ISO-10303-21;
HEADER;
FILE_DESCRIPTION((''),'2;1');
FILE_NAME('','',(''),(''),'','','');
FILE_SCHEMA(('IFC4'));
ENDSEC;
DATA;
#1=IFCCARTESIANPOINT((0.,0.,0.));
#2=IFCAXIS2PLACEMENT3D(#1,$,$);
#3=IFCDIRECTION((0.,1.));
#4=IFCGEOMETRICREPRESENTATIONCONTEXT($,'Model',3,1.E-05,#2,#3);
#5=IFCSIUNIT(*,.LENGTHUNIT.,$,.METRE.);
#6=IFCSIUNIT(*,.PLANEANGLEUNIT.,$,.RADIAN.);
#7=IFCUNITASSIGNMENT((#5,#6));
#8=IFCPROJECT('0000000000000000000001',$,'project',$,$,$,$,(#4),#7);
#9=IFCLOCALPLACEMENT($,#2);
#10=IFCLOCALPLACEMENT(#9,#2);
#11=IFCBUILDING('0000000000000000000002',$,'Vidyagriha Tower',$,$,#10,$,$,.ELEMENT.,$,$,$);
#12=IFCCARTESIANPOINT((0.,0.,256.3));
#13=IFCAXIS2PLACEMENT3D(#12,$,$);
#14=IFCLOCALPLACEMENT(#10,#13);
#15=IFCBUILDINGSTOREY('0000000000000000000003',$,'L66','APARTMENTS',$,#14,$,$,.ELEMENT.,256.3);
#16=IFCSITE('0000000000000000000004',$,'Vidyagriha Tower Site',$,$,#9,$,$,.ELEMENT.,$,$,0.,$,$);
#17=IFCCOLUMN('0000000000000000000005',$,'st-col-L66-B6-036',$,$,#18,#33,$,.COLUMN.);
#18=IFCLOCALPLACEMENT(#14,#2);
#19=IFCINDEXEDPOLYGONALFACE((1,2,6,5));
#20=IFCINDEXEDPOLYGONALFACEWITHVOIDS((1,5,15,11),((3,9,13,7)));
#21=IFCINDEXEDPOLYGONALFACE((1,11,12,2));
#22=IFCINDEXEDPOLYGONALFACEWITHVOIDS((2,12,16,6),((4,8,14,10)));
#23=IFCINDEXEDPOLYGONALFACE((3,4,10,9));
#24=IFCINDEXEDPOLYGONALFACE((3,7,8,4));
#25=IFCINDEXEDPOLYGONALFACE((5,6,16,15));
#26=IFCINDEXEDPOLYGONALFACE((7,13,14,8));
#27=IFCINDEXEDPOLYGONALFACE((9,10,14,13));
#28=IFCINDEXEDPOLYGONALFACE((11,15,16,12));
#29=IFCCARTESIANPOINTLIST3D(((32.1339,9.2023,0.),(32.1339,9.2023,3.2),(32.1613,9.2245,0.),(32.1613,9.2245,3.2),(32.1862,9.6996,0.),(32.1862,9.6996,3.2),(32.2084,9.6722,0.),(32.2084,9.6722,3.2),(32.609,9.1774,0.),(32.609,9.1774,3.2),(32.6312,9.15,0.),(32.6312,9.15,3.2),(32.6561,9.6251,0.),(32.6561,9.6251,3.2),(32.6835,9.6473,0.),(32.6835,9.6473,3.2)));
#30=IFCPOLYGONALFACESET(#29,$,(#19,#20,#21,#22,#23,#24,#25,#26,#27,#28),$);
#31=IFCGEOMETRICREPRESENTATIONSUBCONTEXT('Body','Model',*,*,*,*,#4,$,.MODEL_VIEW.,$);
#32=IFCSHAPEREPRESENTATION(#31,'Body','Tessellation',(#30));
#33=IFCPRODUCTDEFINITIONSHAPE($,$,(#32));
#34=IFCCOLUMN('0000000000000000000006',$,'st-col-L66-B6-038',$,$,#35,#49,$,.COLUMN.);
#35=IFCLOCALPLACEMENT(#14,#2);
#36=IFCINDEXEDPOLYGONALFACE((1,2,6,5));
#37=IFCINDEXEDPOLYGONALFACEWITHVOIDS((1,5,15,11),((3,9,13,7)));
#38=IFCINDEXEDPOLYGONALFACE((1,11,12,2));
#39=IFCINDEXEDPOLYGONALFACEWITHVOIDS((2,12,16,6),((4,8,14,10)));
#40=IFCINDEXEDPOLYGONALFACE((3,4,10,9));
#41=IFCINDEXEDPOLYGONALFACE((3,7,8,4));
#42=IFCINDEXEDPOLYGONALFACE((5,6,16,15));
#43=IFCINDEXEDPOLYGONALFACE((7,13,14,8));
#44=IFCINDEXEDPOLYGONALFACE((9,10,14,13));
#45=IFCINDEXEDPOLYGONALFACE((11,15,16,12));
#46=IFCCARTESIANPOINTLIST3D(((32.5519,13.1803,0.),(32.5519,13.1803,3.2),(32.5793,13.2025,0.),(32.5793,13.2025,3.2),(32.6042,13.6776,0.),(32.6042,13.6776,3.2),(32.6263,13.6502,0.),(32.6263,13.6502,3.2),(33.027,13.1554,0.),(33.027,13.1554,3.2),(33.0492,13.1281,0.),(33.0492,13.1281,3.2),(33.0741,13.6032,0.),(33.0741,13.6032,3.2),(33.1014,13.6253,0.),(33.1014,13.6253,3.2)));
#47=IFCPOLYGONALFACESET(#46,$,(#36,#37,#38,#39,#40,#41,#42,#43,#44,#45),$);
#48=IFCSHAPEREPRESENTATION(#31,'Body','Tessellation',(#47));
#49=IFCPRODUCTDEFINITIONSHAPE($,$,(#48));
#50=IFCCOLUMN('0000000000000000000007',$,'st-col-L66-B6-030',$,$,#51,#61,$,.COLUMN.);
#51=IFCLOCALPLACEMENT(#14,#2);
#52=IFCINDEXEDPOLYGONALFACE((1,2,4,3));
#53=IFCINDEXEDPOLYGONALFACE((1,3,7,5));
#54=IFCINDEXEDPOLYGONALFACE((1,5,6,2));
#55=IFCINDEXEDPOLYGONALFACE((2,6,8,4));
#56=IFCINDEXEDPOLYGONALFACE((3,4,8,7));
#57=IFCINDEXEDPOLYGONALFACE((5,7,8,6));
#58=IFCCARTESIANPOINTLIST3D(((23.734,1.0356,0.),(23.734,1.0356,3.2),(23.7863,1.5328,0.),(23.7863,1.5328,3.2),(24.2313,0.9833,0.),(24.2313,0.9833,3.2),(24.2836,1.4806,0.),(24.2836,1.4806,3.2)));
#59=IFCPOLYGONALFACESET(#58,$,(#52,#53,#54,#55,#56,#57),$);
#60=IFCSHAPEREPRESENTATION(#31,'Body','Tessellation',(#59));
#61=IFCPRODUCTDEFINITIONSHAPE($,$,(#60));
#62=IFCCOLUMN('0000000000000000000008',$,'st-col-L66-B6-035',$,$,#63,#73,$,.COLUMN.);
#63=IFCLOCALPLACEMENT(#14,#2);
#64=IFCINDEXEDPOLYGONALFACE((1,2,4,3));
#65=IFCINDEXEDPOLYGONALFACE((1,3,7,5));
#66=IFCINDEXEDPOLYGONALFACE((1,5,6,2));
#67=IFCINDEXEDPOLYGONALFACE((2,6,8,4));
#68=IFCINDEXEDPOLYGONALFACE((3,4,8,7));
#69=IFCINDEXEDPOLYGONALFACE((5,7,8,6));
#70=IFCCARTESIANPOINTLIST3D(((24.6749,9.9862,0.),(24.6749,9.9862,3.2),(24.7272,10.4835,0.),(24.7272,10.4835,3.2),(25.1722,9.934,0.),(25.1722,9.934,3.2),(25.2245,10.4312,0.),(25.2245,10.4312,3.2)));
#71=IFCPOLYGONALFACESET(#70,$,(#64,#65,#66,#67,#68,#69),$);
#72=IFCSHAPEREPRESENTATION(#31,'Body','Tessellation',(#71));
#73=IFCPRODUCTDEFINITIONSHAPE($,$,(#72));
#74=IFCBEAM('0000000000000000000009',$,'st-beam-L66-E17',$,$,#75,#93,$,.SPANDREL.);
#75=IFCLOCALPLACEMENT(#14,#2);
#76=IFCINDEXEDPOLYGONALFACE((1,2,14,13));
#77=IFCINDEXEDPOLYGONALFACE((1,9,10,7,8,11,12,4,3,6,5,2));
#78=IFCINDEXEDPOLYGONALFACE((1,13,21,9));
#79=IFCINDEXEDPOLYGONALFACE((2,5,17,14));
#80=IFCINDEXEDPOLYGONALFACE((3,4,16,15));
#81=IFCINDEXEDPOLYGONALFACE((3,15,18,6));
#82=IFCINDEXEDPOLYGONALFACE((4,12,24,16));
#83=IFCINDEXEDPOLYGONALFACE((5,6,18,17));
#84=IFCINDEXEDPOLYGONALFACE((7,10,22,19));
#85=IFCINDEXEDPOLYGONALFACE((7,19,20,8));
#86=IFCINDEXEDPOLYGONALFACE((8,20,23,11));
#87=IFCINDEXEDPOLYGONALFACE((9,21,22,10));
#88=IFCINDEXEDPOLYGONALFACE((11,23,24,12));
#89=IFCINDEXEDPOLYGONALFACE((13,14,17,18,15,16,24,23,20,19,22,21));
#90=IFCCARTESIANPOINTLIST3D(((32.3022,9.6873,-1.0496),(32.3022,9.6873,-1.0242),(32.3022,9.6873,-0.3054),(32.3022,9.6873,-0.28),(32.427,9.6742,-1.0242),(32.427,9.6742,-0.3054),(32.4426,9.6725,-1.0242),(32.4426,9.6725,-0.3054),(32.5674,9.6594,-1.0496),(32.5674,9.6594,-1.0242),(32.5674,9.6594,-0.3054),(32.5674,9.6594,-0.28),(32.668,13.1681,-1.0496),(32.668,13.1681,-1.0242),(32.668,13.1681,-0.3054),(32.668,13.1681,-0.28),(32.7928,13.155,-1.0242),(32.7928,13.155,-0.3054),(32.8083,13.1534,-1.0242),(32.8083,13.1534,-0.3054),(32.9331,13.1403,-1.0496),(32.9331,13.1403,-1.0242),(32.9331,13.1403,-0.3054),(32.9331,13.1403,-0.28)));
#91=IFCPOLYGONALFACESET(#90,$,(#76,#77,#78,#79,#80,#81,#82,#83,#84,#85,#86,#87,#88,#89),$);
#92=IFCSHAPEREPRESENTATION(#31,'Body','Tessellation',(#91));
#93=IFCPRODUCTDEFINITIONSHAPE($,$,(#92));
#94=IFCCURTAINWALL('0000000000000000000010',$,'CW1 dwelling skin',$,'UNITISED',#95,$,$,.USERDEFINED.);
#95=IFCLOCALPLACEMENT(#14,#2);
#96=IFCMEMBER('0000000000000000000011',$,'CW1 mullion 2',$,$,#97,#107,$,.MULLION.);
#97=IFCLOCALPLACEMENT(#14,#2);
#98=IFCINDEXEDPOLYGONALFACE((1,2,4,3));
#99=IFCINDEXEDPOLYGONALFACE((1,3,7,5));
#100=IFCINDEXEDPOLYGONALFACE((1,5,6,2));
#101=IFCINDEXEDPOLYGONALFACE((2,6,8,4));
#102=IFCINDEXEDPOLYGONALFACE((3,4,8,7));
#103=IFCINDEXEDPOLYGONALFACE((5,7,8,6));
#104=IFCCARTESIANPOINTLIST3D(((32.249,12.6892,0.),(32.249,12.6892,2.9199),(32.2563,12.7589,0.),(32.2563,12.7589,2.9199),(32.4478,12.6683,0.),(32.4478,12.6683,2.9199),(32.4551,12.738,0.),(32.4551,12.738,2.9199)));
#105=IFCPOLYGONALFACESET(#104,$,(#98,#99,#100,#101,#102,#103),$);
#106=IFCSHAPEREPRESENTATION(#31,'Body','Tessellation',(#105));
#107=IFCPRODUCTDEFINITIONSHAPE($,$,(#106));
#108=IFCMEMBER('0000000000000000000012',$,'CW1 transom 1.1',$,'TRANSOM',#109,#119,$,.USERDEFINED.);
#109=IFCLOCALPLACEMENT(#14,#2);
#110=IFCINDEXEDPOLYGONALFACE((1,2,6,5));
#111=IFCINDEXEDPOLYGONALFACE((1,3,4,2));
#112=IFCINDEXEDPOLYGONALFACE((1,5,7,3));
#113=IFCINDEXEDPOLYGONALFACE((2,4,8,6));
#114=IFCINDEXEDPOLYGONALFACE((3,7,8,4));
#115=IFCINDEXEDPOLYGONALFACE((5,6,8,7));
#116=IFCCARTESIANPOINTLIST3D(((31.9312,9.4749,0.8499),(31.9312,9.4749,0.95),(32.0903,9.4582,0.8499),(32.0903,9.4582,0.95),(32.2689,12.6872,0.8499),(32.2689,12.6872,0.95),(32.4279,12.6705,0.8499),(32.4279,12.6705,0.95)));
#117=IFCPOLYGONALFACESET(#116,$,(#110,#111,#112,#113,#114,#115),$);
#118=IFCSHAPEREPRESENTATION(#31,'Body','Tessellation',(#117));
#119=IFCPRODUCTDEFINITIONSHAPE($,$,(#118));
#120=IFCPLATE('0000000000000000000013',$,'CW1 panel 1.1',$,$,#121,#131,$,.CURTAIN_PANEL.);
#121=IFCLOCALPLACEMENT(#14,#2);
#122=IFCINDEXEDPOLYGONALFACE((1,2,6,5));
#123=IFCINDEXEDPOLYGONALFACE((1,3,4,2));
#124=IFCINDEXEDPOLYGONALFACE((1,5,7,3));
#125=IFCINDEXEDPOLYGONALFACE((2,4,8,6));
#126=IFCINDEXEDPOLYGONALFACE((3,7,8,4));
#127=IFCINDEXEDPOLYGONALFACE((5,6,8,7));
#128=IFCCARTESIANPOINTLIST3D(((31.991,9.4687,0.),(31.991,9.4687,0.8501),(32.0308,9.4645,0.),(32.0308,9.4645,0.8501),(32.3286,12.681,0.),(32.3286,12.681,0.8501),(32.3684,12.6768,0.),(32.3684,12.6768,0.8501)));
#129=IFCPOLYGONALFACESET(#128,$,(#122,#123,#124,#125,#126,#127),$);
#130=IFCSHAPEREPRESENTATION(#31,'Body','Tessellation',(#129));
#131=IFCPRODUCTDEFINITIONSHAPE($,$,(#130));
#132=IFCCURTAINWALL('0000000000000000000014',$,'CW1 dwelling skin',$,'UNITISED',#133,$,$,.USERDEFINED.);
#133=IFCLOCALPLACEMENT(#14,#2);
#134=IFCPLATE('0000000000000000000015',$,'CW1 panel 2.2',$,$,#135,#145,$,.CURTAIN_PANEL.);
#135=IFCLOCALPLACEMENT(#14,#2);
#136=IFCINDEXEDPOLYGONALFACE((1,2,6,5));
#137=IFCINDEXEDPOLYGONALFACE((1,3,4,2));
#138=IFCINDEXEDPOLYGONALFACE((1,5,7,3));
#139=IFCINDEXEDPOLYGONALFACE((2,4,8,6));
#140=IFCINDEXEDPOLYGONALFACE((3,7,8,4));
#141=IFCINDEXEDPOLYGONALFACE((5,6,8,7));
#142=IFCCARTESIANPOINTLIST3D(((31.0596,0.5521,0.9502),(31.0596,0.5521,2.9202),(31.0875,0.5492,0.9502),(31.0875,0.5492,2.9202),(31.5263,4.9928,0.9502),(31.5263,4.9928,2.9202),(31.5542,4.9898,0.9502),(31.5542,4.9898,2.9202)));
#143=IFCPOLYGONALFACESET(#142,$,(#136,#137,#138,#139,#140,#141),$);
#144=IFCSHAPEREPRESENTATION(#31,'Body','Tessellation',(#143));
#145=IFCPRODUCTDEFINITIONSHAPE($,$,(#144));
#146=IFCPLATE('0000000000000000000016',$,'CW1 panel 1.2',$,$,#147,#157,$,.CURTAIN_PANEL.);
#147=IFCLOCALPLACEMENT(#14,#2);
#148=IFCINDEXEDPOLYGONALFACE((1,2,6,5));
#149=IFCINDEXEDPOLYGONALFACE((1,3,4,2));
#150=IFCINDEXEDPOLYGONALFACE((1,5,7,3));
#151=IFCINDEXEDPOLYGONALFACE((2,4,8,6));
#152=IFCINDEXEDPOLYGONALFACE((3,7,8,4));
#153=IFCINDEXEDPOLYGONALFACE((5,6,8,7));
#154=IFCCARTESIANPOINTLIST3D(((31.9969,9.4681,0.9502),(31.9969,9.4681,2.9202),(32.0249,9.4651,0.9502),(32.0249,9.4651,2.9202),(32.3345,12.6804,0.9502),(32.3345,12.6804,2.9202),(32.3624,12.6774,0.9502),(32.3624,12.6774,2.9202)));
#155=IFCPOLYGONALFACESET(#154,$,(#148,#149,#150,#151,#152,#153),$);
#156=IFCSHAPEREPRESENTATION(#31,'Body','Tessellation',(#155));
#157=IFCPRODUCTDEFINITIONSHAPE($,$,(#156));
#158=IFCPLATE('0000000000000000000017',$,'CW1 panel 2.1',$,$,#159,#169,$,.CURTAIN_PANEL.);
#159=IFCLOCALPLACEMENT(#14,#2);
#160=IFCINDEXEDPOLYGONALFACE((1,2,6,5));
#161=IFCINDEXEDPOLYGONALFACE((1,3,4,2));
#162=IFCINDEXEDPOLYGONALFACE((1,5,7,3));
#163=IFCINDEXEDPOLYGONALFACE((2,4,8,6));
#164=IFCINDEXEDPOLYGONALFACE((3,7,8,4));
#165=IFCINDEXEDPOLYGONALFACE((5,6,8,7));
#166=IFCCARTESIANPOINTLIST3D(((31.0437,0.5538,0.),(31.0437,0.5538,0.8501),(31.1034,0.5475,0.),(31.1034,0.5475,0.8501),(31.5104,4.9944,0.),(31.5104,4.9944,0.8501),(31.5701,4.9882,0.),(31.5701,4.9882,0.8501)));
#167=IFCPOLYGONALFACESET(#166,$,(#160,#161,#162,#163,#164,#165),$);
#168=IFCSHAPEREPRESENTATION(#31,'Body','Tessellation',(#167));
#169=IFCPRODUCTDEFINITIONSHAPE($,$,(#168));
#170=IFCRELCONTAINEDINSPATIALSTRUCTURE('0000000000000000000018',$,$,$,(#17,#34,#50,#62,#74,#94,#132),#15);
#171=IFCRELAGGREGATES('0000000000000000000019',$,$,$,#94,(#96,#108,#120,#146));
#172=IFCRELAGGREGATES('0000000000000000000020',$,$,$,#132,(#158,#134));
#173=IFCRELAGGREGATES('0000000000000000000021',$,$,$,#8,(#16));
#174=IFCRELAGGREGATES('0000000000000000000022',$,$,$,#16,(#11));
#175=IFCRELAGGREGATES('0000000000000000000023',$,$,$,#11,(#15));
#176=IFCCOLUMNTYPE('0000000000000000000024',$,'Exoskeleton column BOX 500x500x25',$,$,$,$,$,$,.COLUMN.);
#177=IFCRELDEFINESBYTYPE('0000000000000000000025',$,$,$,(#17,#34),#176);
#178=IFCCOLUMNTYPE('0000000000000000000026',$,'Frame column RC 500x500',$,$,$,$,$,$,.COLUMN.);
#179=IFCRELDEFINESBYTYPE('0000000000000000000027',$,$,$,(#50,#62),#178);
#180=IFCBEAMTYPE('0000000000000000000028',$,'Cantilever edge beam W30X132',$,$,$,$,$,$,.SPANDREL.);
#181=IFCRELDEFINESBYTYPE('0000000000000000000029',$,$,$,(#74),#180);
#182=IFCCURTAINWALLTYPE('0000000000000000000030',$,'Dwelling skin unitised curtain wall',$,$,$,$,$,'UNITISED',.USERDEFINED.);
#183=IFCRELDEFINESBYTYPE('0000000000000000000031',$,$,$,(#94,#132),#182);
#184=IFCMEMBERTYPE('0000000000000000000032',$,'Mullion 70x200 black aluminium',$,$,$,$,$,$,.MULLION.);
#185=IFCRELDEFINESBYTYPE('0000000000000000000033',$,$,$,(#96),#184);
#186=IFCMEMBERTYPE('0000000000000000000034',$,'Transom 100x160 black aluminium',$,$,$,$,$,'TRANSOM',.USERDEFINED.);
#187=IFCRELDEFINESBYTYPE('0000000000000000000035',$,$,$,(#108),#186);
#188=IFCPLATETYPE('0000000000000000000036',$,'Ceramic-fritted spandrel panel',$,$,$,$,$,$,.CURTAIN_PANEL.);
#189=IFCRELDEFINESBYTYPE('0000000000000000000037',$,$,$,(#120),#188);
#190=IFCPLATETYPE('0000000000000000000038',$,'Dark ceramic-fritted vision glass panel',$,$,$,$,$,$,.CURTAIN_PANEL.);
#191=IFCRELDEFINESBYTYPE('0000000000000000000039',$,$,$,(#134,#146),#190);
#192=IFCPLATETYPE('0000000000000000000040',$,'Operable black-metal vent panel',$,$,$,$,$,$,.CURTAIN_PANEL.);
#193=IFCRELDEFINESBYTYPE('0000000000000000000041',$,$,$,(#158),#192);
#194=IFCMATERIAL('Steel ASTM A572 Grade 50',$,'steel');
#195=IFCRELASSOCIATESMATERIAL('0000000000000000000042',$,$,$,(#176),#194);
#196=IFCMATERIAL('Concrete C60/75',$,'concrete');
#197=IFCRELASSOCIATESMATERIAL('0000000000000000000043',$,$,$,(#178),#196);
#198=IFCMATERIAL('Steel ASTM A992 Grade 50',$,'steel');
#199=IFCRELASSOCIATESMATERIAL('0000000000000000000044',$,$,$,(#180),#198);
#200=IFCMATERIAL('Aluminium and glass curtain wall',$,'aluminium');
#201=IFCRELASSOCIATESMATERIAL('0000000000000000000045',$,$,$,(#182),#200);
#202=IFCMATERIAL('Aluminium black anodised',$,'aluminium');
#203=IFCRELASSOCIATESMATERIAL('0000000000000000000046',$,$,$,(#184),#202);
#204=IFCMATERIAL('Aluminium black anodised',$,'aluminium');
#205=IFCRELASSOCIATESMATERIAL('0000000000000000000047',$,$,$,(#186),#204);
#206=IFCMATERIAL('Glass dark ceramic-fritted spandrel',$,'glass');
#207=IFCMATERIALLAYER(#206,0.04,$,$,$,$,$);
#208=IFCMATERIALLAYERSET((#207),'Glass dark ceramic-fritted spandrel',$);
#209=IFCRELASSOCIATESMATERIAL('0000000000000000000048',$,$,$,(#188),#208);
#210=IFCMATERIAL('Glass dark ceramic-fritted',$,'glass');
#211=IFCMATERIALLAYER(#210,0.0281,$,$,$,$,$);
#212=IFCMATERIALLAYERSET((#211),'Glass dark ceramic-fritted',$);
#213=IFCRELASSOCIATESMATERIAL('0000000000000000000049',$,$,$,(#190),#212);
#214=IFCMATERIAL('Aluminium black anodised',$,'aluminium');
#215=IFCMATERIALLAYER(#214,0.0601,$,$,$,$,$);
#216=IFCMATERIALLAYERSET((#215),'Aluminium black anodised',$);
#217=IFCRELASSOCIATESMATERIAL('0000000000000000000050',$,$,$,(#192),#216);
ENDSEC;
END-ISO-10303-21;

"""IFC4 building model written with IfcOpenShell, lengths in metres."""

from ifc_helpers import new_model, si_unit, direction, frame, origin, origin_2d, place, context, subcontext, project, spatial, rectangle, hollow_rectangle, i_section, extrude, material, layer, layer_set, material_profile, profile_set, type_object, element, aggregate, save


model = new_model("IFC4")

# Units and contexts
model_context = context("Model", 3, precision=1e-05, world=origin(), true_north=direction((0.0, 1.0)))
body_context = subcontext(model_context, "Body", "Model", "MODEL_VIEW")
ifc_project = project(units=[si_unit("LENGTHUNIT", "METRE"), si_unit("PLANEANGLEUNIT", "RADIAN")], contexts=[model_context])

# Site, building, storey
site_placement = place(None, origin())
site = spatial("IfcSite", under=ifc_project, at=site_placement, Name="Vidyagriha Tower Site", CompositionType="ELEMENT", RefElevation=0.0)
building_placement = place(site_placement, origin())
building = spatial("IfcBuilding", under=site, at=building_placement, Name="Vidyagriha Tower", CompositionType="ELEMENT")
storey_placement = place(building_placement, frame((0.0, 0.0, 256.3)))
storey = spatial("IfcBuildingStorey", under=building, at=storey_placement, Name="L66", Description="APARTMENTS", CompositionType="ELEMENT", Elevation=256.3)

# Columns
ifc_material_1 = material(Name="Steel ASTM A572 Grade 50", Category="steel")
ifc_material_profile_1 = material_profile(ifc_material_1, hollow_rectangle(XDim=0.5, YDim=0.5, WallThickness=0.0249, at=origin_2d()), Name="BOX 500x500x25")
ifc_profile_set_1 = profile_set([ifc_material_profile_1], Name="Steel ASTM A572 Grade 50")
column_type_1 = type_object("IfcColumnType", Name="Exoskeleton column BOX 500x500x25", PredefinedType="COLUMN", material=ifc_profile_set_1)
for number, where, z_axis, x_axis, name in (
    (1, (32.4087, 9.4248, 0.0), (0.0, 0.0, 1.0), (0.994522, -0.104528, 0.0), "st-col-L66-B6-036"),
    (2, (32.8267, 13.4028, 0.0), (0.0, 0.0, 1.0), (0.994522, -0.104528, 0.0), "st-col-L66-B6-038"),
):
    element("IfcColumn", number, at=place(storey_placement, frame(where, z_axis=z_axis, x_axis=x_axis)), inside=storey, type_object=column_type_1, Name=name, PredefinedType="COLUMN", context=body_context, shape_type="SweptSolid", body=[
        extrude(hollow_rectangle(XDim=0.5, YDim=0.5, WallThickness=0.0249, at=origin_2d()), origin(), (0.0, 0.0, 1.0), 3.2),
    ])
ifc_material_2 = material(Name="Concrete C60/75", Category="concrete")
ifc_material_profile_2 = material_profile(ifc_material_2, rectangle(XDim=0.5, YDim=0.5, at=origin_2d()), Name="RC 500x500")
ifc_profile_set_2 = profile_set([ifc_material_profile_2], Name="Concrete C60/75")
column_type_2 = type_object("IfcColumnType", Name="Frame column RC 500x500", PredefinedType="COLUMN", material=ifc_profile_set_2)
for number, where, z_axis, x_axis, name in (
    (3, (24.0088, 1.2581, 0.0), (0.0, 0.0, 1.0), (0.994522, -0.104528, 0.0), "st-col-L66-B6-030"),
    (4, (24.9497, 10.2087, 0.0), (0.0, 0.0, 1.0), (0.994522, -0.104528, 0.0), "st-col-L66-B6-035"),
):
    element("IfcColumn", number, at=place(storey_placement, frame(where, z_axis=z_axis, x_axis=x_axis)), inside=storey, type_object=column_type_2, Name=name, PredefinedType="COLUMN", context=body_context, shape_type="SweptSolid", body=[
        extrude(rectangle(XDim=0.5, YDim=0.5, at=origin_2d()), origin(), (0.0, 0.0, 1.0), 3.2),
    ])

# Beam
ifc_material_3 = material(Name="Steel ASTM A992 Grade 50", Category="steel")
ifc_material_profile_3 = material_profile(ifc_material_3, i_section(OverallWidth=0.2666, OverallDepth=0.7695, WebThickness=0.0156, FlangeThickness=0.0254, at=origin_2d()), Name="W30X132")
ifc_profile_set_3 = profile_set([ifc_material_profile_3], Name="Steel ASTM A992 Grade 50")
beam_type = type_object("IfcBeamType", Name="Cantilever edge beam W30X132", PredefinedType="SPANDREL", material=ifc_profile_set_3)
beam_placement = place(storey_placement, frame((32.4348, 9.6733, -0.6648), z_axis=(0.104489, 0.994526, 0.0), x_axis=(-0.994526, 0.104489, 0.0)))
element("IfcBeam", 5, at=beam_placement, inside=storey, type_object=beam_type, Name="st-beam-L66-E17", PredefinedType="SPANDREL", context=body_context, shape_type="SweptSolid", body=[
    extrude(i_section(OverallWidth=0.2666, OverallDepth=0.7695, WebThickness=0.0156, FlangeThickness=0.0254, at=origin_2d()), origin(), (0.0, 0.0, 1.0), 3.5),
])

# Curtain wall, members, plate
ifc_material_4 = material(Name="Aluminium and glass curtain wall", Category="aluminium")
curtain_wall_type = type_object("IfcCurtainWallType", Name="Dwelling skin unitised curtain wall", ElementType="UNITISED", PredefinedType="USERDEFINED", material=ifc_material_4)
curtain_wall_1_placement = place(storey_placement, origin())
curtain_wall_1 = element("IfcCurtainWall", 6, at=curtain_wall_1_placement, inside=storey, type_object=curtain_wall_type, Name="CW1 dwelling skin", ObjectType="UNITISED", PredefinedType="USERDEFINED")
ifc_material_5 = material(Name="Aluminium black anodised", Category="aluminium")
ifc_material_profile_4 = material_profile(ifc_material_5, rectangle(XDim=0.2, YDim=0.0701, at=origin_2d()), Name="Mullion 70x200 black aluminium")
ifc_profile_set_4 = profile_set([ifc_material_profile_4], Name="Aluminium black anodised")
member_type_1 = type_object("IfcMemberType", Name="Mullion 70x200 black aluminium", PredefinedType="MULLION", material=ifc_profile_set_4)
member_1_placement = place(storey_placement, frame((32.3521, 12.7136, 0.0), z_axis=(0.0, 0.0, 1.0), x_axis=(-0.994523, 0.104516, 0.0)))
member_1 = element("IfcMember", 7, at=member_1_placement, type_object=member_type_1, Name="CW1 mullion 2", PredefinedType="MULLION", context=body_context, shape_type="SweptSolid", body=[
    extrude(rectangle(XDim=0.2, YDim=0.0701, at=origin_2d()), origin(), (0.0, 0.0, 1.0), 2.9199),
])
ifc_material_6 = material(Name="Aluminium black anodised", Category="aluminium")
ifc_material_profile_5 = material_profile(ifc_material_6, rectangle(XDim=0.1599, YDim=0.1001, at=origin_2d()), Name="Transom 100x160 black aluminium")
ifc_profile_set_5 = profile_set([ifc_material_profile_5], Name="Aluminium black anodised")
member_type_2 = type_object("IfcMemberType", Name="Transom 100x160 black aluminium", ElementType="TRANSOM", PredefinedType="USERDEFINED", material=ifc_profile_set_5)
member_2_placement = place(storey_placement, frame((32.0107, 9.4666, 0.8999), z_axis=(0.104531, 0.994522, 0.0), x_axis=(-0.994522, 0.104531, 0.0)))
member_2 = element("IfcMember", 8, at=member_2_placement, type_object=member_type_2, Name="CW1 transom 1.1", ObjectType="TRANSOM", PredefinedType="USERDEFINED", context=body_context, shape_type="SweptSolid", body=[
    extrude(rectangle(XDim=0.1599, YDim=0.1001, at=origin_2d()), origin(), (0.0, 0.0, 1.0), 3.23),
])
ifc_material_7 = material(Name="Glass dark ceramic-fritted spandrel", Category="glass")
ifc_layer_1 = layer(ifc_material_7, 0.04)
ifc_layer_set_1 = layer_set([ifc_layer_1], Name="Glass dark ceramic-fritted spandrel")
plate_type_1 = type_object("IfcPlateType", Name="Ceramic-fritted spandrel panel", PredefinedType="CURTAIN_PANEL", material=ifc_layer_set_1)
plate_1_placement = place(storey_placement, frame((32.1797, 11.0728, 0.0), z_axis=(0.0, 0.0, 1.0), x_axis=(0.104516, 0.994523, 0.0)))
plate_1 = element("IfcPlate", 9, at=plate_1_placement, type_object=plate_type_1, Name="CW1 panel 1.1", PredefinedType="CURTAIN_PANEL", context=body_context, shape_type="SweptSolid", body=[
    extrude(rectangle(XDim=3.23, YDim=0.04, at=origin_2d()), origin(), (0.0, 0.0, 1.0), 0.8501),
])

# Curtain wall, plate
curtain_wall_2_placement = place(storey_placement, origin())
curtain_wall_2 = element("IfcCurtainWall", 10, at=curtain_wall_2_placement, inside=storey, type_object=curtain_wall_type, Name="CW1 dwelling skin", ObjectType="UNITISED", PredefinedType="USERDEFINED")
ifc_material_8 = material(Name="Glass dark ceramic-fritted", Category="glass")
ifc_layer_2 = layer(ifc_material_8, 0.0281)
ifc_layer_set_2 = layer_set([ifc_layer_2], Name="Glass dark ceramic-fritted")
plate_type_2 = type_object("IfcPlateType", Name="Dark ceramic-fritted vision glass panel", PredefinedType="CURTAIN_PANEL", material=ifc_layer_set_2)
plate_2_placement = place(storey_placement, frame((31.3069, 2.771, 0.9502), z_axis=(0.0, 0.0, 1.0), x_axis=(0.10453, 0.994522, 0.0)))
plate_2 = element("IfcPlate", 11, at=plate_2_placement, type_object=plate_type_2, Name="CW1 panel 2.2", PredefinedType="CURTAIN_PANEL", context=body_context, shape_type="SweptSolid", body=[
    extrude(rectangle(XDim=4.4651, YDim=0.0281, at=origin_2d()), origin(), (0.0, 0.0, 1.0), 1.97),
])

# Plates
plate_3_placement = place(storey_placement, frame((32.1797, 11.0728, 0.9502), z_axis=(0.0, 0.0, 1.0), x_axis=(0.104516, 0.994523, 0.0)))
plate_3 = element("IfcPlate", 12, at=plate_3_placement, type_object=plate_type_2, Name="CW1 panel 1.2", PredefinedType="CURTAIN_PANEL", context=body_context, shape_type="SweptSolid", body=[
    extrude(rectangle(XDim=3.23, YDim=0.0281, at=origin_2d()), origin(), (0.0, 0.0, 1.0), 1.97),
])
aggregate(curtain_wall_1, [member_1, member_2, plate_1, plate_3])
ifc_material_9 = material(Name="Aluminium black anodised", Category="aluminium")
ifc_layer_3 = layer(ifc_material_9, 0.0601)
ifc_layer_set_3 = layer_set([ifc_layer_3], Name="Aluminium black anodised")
plate_type_3 = type_object("IfcPlateType", Name="Operable black-metal vent panel", PredefinedType="CURTAIN_PANEL", material=ifc_layer_set_3)
plate_4_placement = place(storey_placement, frame((31.3069, 2.771, 0.0), z_axis=(0.0, 0.0, 1.0), x_axis=(0.10453, 0.994522, 0.0)))
plate_4 = element("IfcPlate", 13, at=plate_4_placement, type_object=plate_type_3, Name="CW1 panel 2.1", PredefinedType="CURTAIN_PANEL", context=body_context, shape_type="SweptSolid", body=[
    extrude(rectangle(XDim=4.4651, YDim=0.0601, at=origin_2d()), origin(), (0.0, 0.0, 1.0), 0.8501),
])
aggregate(curtain_wall_2, [plate_4, plate_2])

save(model, "model.ifc")
